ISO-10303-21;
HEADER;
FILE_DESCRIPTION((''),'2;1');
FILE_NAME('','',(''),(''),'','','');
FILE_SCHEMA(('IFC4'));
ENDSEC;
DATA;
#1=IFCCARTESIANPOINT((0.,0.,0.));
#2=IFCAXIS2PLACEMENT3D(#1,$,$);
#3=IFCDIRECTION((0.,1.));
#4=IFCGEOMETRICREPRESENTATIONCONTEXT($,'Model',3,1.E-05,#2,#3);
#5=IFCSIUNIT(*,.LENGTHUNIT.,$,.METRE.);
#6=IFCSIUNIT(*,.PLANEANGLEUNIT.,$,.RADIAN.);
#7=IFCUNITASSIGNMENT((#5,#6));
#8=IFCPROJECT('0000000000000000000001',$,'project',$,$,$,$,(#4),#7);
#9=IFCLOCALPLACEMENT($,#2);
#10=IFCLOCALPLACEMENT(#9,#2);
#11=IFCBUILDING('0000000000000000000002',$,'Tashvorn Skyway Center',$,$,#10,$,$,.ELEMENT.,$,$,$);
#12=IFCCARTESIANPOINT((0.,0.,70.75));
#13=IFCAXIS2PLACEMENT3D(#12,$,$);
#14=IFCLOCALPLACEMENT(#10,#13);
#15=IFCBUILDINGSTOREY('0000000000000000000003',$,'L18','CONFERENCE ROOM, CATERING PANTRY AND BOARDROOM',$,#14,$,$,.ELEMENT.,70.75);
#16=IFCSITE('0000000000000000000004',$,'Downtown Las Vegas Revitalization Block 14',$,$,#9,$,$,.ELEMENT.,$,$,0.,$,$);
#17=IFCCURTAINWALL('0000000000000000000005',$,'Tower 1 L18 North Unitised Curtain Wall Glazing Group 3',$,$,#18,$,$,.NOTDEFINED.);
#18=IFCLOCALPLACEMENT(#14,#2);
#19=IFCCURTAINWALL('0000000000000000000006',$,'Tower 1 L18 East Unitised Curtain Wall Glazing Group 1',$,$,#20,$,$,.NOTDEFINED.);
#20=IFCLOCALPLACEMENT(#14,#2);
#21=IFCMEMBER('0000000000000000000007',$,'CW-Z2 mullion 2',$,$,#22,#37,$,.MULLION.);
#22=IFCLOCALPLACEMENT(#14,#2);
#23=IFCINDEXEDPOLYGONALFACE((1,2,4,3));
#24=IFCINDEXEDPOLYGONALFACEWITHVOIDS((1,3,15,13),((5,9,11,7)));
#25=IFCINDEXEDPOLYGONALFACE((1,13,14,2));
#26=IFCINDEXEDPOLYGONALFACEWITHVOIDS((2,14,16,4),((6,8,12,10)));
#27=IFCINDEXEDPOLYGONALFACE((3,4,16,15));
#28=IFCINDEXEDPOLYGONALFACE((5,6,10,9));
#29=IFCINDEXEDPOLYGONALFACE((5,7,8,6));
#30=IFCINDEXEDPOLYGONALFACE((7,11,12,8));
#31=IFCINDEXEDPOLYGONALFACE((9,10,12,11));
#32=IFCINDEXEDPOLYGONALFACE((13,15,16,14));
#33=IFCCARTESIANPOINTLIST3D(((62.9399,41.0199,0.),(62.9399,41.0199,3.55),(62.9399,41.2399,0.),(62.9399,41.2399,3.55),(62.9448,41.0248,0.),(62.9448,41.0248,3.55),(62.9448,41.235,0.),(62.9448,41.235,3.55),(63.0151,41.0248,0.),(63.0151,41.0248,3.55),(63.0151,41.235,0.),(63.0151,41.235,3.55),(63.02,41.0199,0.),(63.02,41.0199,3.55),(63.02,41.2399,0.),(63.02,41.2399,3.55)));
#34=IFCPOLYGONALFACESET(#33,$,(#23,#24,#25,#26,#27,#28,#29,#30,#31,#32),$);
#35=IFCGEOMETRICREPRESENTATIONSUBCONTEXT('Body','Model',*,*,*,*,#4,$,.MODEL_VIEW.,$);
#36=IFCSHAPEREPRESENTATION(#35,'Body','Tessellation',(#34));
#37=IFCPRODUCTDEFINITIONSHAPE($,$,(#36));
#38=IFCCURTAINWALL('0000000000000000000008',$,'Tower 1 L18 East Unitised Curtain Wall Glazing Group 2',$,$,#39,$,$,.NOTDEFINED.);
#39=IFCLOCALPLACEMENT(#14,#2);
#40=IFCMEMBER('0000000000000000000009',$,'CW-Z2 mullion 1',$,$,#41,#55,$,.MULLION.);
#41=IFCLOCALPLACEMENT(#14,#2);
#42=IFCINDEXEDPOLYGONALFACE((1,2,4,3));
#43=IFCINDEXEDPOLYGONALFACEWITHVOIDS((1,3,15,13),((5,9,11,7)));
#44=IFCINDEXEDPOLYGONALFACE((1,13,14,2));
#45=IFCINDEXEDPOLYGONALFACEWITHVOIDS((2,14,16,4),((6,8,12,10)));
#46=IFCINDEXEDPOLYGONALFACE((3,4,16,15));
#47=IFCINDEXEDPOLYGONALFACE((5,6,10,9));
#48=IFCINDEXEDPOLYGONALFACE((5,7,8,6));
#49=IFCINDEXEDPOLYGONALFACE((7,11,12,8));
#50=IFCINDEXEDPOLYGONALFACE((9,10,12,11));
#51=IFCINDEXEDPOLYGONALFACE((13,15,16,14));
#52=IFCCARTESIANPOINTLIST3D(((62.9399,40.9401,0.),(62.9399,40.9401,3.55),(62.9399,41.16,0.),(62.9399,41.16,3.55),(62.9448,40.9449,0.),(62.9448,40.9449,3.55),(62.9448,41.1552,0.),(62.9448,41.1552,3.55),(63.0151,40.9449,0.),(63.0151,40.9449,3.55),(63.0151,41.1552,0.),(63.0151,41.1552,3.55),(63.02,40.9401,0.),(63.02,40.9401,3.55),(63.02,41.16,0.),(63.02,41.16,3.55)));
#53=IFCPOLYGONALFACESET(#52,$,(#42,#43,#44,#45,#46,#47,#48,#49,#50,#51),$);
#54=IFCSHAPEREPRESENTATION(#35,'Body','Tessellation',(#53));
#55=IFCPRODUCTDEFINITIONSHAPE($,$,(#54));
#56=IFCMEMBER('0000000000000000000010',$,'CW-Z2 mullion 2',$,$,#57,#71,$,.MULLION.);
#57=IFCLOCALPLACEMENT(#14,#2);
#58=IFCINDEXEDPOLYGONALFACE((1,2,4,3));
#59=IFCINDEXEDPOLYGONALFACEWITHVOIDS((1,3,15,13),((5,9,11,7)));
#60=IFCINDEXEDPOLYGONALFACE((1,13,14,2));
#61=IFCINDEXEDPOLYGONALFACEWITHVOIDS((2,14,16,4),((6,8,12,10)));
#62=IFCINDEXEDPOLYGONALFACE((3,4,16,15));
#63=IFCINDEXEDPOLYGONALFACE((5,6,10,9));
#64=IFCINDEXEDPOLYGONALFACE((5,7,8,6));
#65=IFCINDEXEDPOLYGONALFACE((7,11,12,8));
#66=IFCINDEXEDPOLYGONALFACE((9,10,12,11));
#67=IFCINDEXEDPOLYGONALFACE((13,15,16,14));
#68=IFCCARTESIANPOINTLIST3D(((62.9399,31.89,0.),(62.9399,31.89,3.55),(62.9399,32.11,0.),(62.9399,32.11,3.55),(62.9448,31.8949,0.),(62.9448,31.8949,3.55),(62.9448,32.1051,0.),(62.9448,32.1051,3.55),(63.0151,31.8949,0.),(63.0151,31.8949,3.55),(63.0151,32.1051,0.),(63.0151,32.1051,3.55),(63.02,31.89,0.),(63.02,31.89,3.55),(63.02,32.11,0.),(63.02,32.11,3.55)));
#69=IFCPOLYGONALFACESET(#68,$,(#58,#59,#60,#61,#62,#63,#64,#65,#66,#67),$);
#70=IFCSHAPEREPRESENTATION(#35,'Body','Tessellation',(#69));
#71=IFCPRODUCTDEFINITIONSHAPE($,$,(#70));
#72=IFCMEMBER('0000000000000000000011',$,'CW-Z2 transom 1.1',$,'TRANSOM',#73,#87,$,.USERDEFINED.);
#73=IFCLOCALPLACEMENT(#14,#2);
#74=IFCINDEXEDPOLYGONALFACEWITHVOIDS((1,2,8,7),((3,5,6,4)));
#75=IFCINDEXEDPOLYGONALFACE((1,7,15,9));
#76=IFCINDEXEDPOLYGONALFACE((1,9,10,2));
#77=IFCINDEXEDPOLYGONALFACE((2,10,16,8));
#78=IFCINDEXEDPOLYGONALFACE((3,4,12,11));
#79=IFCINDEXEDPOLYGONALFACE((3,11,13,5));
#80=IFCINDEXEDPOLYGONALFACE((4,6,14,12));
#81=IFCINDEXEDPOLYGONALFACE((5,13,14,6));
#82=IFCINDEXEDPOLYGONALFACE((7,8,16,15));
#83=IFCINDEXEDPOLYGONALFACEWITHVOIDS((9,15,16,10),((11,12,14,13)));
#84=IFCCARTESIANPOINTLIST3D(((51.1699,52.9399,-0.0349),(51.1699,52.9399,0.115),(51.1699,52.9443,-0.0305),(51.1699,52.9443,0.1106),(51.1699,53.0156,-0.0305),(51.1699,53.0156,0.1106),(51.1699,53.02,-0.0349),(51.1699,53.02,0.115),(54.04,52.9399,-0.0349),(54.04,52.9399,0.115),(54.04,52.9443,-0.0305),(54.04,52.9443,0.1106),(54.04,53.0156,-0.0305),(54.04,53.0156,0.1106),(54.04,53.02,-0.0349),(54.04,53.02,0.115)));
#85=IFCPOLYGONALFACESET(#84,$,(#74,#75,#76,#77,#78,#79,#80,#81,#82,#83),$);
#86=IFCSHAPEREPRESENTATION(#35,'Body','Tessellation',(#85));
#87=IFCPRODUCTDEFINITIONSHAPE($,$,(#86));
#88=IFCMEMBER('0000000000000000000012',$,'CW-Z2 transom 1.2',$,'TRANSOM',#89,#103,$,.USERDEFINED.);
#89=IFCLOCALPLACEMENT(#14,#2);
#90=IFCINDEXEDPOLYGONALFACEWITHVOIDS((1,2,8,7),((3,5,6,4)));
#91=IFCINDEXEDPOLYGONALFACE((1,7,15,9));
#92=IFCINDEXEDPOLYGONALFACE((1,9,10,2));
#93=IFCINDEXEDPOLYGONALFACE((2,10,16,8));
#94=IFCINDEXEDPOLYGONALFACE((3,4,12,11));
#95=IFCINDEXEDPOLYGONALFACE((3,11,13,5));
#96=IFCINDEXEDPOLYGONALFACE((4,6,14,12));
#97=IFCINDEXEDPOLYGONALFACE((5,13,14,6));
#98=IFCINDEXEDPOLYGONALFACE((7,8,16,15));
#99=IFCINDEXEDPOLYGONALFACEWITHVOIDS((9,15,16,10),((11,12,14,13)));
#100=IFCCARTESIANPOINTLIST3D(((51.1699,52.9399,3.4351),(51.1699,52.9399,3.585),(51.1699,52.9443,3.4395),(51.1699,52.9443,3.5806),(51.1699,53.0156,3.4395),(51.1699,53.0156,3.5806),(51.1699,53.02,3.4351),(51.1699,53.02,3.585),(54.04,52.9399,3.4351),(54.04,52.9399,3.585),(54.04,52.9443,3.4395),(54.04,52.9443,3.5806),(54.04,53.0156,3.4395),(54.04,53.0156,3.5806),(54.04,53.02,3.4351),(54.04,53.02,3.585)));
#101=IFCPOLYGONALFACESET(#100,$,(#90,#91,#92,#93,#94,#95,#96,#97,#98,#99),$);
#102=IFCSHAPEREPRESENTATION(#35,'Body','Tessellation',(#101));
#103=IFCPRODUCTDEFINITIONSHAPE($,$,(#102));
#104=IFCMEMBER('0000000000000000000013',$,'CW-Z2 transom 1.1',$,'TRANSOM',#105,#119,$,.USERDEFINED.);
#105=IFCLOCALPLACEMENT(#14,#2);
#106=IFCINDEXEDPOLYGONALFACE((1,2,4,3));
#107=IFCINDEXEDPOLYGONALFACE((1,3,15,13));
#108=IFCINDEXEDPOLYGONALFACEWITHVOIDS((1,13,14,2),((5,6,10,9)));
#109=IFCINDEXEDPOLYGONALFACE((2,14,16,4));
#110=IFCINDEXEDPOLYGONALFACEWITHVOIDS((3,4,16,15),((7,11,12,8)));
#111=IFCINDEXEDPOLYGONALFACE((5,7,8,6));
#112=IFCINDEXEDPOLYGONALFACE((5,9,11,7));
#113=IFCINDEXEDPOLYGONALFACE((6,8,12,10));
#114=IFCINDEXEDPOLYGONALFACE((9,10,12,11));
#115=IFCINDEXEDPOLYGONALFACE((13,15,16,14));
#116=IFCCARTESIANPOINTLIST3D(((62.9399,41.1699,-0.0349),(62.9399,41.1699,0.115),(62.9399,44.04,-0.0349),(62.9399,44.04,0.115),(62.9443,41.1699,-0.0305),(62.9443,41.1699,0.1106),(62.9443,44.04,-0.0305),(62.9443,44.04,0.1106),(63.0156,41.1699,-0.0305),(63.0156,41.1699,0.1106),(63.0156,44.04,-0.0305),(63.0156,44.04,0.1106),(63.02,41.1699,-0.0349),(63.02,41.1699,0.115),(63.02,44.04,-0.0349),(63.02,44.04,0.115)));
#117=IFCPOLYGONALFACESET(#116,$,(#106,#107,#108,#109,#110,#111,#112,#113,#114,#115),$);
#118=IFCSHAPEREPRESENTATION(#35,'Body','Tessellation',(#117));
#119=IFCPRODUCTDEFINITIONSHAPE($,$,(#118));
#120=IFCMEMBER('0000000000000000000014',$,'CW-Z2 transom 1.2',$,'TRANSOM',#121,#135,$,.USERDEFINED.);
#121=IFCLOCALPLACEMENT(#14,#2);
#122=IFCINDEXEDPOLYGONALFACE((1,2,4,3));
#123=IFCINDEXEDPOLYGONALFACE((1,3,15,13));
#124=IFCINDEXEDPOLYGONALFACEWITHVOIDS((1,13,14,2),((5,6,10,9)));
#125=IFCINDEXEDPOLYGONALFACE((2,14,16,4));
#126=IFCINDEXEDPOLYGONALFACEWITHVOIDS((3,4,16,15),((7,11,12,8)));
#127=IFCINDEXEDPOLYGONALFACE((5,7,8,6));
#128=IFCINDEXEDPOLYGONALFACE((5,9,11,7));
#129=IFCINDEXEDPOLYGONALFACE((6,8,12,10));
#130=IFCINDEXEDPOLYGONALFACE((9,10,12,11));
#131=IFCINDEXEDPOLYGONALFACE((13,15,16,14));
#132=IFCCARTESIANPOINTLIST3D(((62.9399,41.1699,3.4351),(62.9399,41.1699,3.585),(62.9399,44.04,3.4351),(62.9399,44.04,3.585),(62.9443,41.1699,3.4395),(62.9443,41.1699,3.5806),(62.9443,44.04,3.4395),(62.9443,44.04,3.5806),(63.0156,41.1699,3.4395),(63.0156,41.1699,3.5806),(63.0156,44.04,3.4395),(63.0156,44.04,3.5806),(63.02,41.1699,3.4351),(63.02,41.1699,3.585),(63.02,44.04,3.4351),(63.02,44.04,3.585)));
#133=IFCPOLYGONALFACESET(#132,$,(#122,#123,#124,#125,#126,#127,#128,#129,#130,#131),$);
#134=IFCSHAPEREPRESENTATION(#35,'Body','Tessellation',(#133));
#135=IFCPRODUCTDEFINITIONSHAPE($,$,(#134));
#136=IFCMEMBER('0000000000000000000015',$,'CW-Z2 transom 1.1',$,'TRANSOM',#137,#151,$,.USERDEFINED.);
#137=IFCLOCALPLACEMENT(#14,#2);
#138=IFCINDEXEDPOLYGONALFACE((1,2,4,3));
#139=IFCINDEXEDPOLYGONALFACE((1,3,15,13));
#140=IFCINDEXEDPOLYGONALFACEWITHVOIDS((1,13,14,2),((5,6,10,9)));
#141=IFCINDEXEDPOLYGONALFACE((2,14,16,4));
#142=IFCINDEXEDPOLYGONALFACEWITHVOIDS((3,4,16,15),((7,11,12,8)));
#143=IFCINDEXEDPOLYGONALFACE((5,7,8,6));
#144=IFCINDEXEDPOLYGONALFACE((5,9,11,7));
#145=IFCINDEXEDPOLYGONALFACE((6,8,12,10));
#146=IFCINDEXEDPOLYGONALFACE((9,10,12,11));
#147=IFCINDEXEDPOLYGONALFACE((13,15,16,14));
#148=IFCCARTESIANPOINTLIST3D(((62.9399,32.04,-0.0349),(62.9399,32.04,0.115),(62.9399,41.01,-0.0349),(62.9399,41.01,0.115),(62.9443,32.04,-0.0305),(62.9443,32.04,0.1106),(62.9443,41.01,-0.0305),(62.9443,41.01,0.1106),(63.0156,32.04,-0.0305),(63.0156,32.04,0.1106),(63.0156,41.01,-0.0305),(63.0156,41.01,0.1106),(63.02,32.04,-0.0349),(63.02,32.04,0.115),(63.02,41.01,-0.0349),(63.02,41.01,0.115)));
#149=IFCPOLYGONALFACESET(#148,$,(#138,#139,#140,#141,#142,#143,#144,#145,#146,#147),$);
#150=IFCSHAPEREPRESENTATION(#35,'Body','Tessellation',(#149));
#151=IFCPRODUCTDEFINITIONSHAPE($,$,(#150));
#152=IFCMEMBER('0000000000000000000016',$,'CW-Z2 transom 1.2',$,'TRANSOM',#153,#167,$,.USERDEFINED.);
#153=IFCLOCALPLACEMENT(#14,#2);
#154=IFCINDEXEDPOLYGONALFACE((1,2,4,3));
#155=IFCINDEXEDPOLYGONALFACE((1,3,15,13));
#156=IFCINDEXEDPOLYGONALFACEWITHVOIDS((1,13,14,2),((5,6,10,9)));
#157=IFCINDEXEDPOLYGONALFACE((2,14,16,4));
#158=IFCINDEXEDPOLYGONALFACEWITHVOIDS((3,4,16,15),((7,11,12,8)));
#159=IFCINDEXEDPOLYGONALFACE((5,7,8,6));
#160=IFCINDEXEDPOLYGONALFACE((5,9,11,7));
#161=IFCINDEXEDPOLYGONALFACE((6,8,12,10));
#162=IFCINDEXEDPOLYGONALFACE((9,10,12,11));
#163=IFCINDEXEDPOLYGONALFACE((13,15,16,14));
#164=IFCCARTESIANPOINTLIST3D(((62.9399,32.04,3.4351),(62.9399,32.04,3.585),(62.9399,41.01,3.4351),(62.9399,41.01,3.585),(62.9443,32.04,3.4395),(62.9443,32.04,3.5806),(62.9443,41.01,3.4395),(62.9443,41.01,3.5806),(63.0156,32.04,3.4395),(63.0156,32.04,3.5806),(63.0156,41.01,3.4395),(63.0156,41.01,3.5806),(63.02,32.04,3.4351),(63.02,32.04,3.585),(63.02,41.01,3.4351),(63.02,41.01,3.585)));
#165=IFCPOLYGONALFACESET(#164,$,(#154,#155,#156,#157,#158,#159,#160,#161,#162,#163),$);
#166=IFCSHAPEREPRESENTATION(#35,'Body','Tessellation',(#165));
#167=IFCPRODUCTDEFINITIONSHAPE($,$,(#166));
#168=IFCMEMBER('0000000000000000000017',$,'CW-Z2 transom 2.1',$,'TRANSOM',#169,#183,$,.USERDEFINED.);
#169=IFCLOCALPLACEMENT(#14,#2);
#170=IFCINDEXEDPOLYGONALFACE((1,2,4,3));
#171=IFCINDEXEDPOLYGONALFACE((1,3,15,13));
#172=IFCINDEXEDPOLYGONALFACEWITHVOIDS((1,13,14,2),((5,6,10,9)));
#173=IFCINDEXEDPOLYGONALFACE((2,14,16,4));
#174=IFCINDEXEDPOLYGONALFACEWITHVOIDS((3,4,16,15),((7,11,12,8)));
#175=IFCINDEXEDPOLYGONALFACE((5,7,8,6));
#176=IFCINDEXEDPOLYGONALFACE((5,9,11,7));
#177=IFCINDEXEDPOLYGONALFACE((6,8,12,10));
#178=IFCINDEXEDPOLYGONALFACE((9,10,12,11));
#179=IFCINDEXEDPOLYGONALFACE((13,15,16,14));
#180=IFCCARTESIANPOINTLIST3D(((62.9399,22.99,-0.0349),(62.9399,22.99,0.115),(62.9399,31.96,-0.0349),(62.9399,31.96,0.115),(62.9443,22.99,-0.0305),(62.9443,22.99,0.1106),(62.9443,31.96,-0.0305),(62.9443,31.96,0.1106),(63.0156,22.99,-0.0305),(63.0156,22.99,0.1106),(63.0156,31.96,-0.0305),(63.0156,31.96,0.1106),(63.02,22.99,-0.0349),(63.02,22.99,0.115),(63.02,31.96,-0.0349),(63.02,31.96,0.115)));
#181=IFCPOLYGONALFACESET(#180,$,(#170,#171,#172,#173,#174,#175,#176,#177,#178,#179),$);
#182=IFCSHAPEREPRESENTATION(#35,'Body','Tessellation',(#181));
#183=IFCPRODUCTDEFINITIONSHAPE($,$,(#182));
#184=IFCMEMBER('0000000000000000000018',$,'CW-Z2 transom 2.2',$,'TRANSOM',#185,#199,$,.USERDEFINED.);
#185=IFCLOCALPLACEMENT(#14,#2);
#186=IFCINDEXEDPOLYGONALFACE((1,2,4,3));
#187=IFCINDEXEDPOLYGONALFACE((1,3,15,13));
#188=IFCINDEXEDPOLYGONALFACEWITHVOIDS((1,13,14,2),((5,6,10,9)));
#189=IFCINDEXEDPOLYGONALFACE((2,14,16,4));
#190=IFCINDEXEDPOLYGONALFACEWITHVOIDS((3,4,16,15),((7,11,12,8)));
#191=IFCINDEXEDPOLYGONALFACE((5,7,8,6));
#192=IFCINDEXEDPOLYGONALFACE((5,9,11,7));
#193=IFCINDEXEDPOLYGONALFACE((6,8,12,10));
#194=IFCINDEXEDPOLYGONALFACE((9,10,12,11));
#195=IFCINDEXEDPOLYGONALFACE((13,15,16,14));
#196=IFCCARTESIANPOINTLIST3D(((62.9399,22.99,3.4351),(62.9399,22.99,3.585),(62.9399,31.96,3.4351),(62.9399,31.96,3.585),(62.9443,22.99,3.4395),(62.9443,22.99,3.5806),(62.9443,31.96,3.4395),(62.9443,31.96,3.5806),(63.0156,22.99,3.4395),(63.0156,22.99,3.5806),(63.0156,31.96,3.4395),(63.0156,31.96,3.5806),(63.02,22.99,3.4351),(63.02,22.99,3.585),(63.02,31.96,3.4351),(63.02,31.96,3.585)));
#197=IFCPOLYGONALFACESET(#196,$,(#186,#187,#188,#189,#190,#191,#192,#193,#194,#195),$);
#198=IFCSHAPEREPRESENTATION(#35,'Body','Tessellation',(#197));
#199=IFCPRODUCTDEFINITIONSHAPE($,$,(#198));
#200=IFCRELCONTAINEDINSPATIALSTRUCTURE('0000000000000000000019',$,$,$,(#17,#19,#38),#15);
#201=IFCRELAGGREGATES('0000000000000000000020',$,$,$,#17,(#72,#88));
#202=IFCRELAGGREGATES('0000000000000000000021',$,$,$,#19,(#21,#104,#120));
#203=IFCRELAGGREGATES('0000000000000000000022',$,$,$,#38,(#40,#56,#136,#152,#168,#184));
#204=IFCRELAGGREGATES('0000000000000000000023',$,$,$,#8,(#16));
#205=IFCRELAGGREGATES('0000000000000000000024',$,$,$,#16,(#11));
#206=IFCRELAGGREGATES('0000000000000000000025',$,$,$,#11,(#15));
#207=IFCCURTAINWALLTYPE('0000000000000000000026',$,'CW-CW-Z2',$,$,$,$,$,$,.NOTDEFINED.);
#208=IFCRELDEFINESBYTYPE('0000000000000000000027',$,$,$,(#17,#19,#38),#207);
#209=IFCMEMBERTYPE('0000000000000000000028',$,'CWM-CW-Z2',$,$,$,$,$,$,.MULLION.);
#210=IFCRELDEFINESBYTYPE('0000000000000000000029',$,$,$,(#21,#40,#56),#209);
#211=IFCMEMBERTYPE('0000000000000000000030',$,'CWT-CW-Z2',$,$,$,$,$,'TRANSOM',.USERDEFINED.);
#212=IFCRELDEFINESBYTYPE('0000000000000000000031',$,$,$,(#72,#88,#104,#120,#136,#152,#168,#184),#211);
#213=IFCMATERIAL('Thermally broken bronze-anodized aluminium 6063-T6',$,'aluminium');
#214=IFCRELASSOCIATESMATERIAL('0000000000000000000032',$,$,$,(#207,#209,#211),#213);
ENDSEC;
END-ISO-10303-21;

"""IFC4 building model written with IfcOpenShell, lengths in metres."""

from ifc_helpers import new_model, si_unit, direction, frame, origin, origin_2d, place, context, subcontext, project, spatial, hollow_rectangle, extrude, material, material_profile, profile_set, type_object, element, aggregate, save


model = new_model("IFC4")

# Units and contexts
model_context = context("Model", 3, precision=1e-05, world=origin(), true_north=direction((0.0, 1.0)))
body_context = subcontext(model_context, "Body", "Model", "MODEL_VIEW")
ifc_project = project(units=[si_unit("LENGTHUNIT", "METRE"), si_unit("PLANEANGLEUNIT", "RADIAN")], contexts=[model_context])

# Site, building, storey
site_placement = place(None, origin())
site = spatial("IfcSite", under=ifc_project, at=site_placement, Name="Downtown Las Vegas Revitalization Block 14", CompositionType="ELEMENT", RefElevation=0.0)
building_placement = place(site_placement, origin())
building = spatial("IfcBuilding", under=site, at=building_placement, Name="Tashvorn Skyway Center", CompositionType="ELEMENT")
storey_placement = place(building_placement, frame((0.0, 0.0, 70.75)))
storey = spatial("IfcBuildingStorey", under=building, at=storey_placement, Name="L18", Description="CONFERENCE ROOM, CATERING PANTRY AND BOARDROOM", CompositionType="ELEMENT", Elevation=70.75)

# Curtain walls, members
ifc_material_1 = material(Name="Thermally broken bronze-anodized aluminium 6063-T6", Category="aluminium")
curtain_wall_type = type_object("IfcCurtainWallType", Name="CW-CW-Z2", PredefinedType="NOTDEFINED", material=ifc_material_1)
curtain_wall_1_placement = place(storey_placement, origin())
curtain_wall_1 = element("IfcCurtainWall", 1, at=curtain_wall_1_placement, inside=storey, type_object=curtain_wall_type, Name="Tower 1 L18 North Unitised Curtain Wall Glazing Group 3", PredefinedType="NOTDEFINED")
ifc_material_profile_1 = material_profile(ifc_material_1, hollow_rectangle(XDim=0.0801, YDim=0.22, WallThickness=0.0049, at=origin_2d()), Name="ALU-MULL-80x220")
ifc_profile_set_1 = profile_set([ifc_material_profile_1], Name="Thermally broken bronze-anodized aluminium 6063-T6")
member_type_1 = type_object("IfcMemberType", Name="CWM-CW-Z2", PredefinedType="MULLION", material=ifc_profile_set_1)
curtain_wall_2_placement = place(storey_placement, origin())
curtain_wall_2 = element("IfcCurtainWall", 2, at=curtain_wall_2_placement, inside=storey, type_object=curtain_wall_type, Name="Tower 1 L18 East Unitised Curtain Wall Glazing Group 1", PredefinedType="NOTDEFINED")
member_1_placement = place(storey_placement, frame((62.98, 41.1299, 0.0), z_axis=(0.0, 0.0, 1.0), x_axis=(1.0, 0.0, 0.0)))
member_1 = element("IfcMember", 3, at=member_1_placement, type_object=member_type_1, Name="CW-Z2 mullion 2", PredefinedType="MULLION", context=body_context, shape_type="SweptSolid", body=[
    extrude(hollow_rectangle(XDim=0.0801, YDim=0.22, WallThickness=0.0049, at=origin_2d()), origin(), (0.0, 0.0, 1.0), 3.55),
])
curtain_wall_3_placement = place(storey_placement, origin())
curtain_wall_3 = element("IfcCurtainWall", 4, at=curtain_wall_3_placement, inside=storey, type_object=curtain_wall_type, Name="Tower 1 L18 East Unitised Curtain Wall Glazing Group 2", PredefinedType="NOTDEFINED")
member_2_placement = place(storey_placement, frame((62.98, 41.05, 0.0), z_axis=(0.0, 0.0, 1.0), x_axis=(1.0, 0.0, 0.0)))
member_2 = element("IfcMember", 5, at=member_2_placement, type_object=member_type_1, Name="CW-Z2 mullion 1", PredefinedType="MULLION", context=body_context, shape_type="SweptSolid", body=[
    extrude(hollow_rectangle(XDim=0.0801, YDim=0.22, WallThickness=0.0049, at=origin_2d()), origin(), (0.0, 0.0, 1.0), 3.55),
])
member_3_placement = place(storey_placement, frame((62.98, 32.0, 0.0), z_axis=(0.0, 0.0, 1.0), x_axis=(1.0, 0.0, 0.0)))
member_3 = element("IfcMember", 6, at=member_3_placement, type_object=member_type_1, Name="CW-Z2 mullion 2", PredefinedType="MULLION", context=body_context, shape_type="SweptSolid", body=[
    extrude(hollow_rectangle(XDim=0.0801, YDim=0.22, WallThickness=0.0049, at=origin_2d()), origin(), (0.0, 0.0, 1.0), 3.55),
])

# Members
ifc_material_profile_2 = material_profile(ifc_material_1, hollow_rectangle(XDim=0.0801, YDim=0.1499, WallThickness=0.0044, at=origin_2d()), Name="ALU-TRAN-80x150")
ifc_profile_set_2 = profile_set([ifc_material_profile_2], Name="Thermally broken bronze-anodized aluminium 6063-T6")
member_type_2 = type_object("IfcMemberType", Name="CWT-CW-Z2", ElementType="TRANSOM", PredefinedType="USERDEFINED", material=ifc_profile_set_2)
member_4_placement = place(storey_placement, frame((51.1699, 52.98, 0.04), z_axis=(1.0, 0.0, 0.0), x_axis=(0.0, 1.0, 0.0)))
member_4 = element("IfcMember", 7, at=member_4_placement, type_object=member_type_2, Name="CW-Z2 transom 1.1", ObjectType="TRANSOM", PredefinedType="USERDEFINED", context=body_context, shape_type="SweptSolid", body=[
    extrude(hollow_rectangle(XDim=0.0801, YDim=0.1499, WallThickness=0.0044, at=origin_2d()), origin(), (0.0, 0.0, 1.0), 2.8701),
])
member_5_placement = place(storey_placement, frame((51.1699, 52.98, 3.51), z_axis=(1.0, 0.0, 0.0), x_axis=(0.0, 1.0, 0.0)))
member_5 = element("IfcMember", 8, at=member_5_placement, type_object=member_type_2, Name="CW-Z2 transom 1.2", ObjectType="TRANSOM", PredefinedType="USERDEFINED", context=body_context, shape_type="SweptSolid", body=[
    extrude(hollow_rectangle(XDim=0.0801, YDim=0.1499, WallThickness=0.0044, at=origin_2d()), origin(), (0.0, 0.0, 1.0), 2.8701),
])
member_6_placement = place(storey_placement, frame((62.98, 44.04, 0.04), z_axis=(0.0, -1.0, 0.0), x_axis=(1.0, 0.0, 0.0)))
member_6 = element("IfcMember", 9, at=member_6_placement, type_object=member_type_2, Name="CW-Z2 transom 1.1", ObjectType="TRANSOM", PredefinedType="USERDEFINED", context=body_context, shape_type="SweptSolid", body=[
    extrude(hollow_rectangle(XDim=0.0801, YDim=0.1499, WallThickness=0.0044, at=origin_2d()), origin(), (0.0, 0.0, 1.0), 2.8701),
])
member_7_placement = place(storey_placement, frame((62.98, 44.04, 3.51), z_axis=(0.0, -1.0, 0.0), x_axis=(1.0, 0.0, 0.0)))
member_7 = element("IfcMember", 10, at=member_7_placement, type_object=member_type_2, Name="CW-Z2 transom 1.2", ObjectType="TRANSOM", PredefinedType="USERDEFINED", context=body_context, shape_type="SweptSolid", body=[
    extrude(hollow_rectangle(XDim=0.0801, YDim=0.1499, WallThickness=0.0044, at=origin_2d()), origin(), (0.0, 0.0, 1.0), 2.8701),
])
member_8_placement = place(storey_placement, frame((62.98, 41.01, 0.04), z_axis=(0.0, -1.0, 0.0), x_axis=(1.0, 0.0, 0.0)))
member_8 = element("IfcMember", 11, at=member_8_placement, type_object=member_type_2, Name="CW-Z2 transom 1.1", ObjectType="TRANSOM", PredefinedType="USERDEFINED", context=body_context, shape_type="SweptSolid", body=[
    extrude(hollow_rectangle(XDim=0.0801, YDim=0.1499, WallThickness=0.0044, at=origin_2d()), origin(), (0.0, 0.0, 1.0), 8.97),
])
member_9_placement = place(storey_placement, frame((62.98, 41.01, 3.51), z_axis=(0.0, -1.0, 0.0), x_axis=(1.0, 0.0, 0.0)))
member_9 = element("IfcMember", 12, at=member_9_placement, type_object=member_type_2, Name="CW-Z2 transom 1.2", ObjectType="TRANSOM", PredefinedType="USERDEFINED", context=body_context, shape_type="SweptSolid", body=[
    extrude(hollow_rectangle(XDim=0.0801, YDim=0.1499, WallThickness=0.0044, at=origin_2d()), origin(), (0.0, 0.0, 1.0), 8.97),
])
member_10_placement = place(storey_placement, frame((62.98, 31.96, 0.04), z_axis=(0.0, -1.0, 0.0), x_axis=(1.0, 0.0, 0.0)))
member_10 = element("IfcMember", 13, at=member_10_placement, type_object=member_type_2, Name="CW-Z2 transom 2.1", ObjectType="TRANSOM", PredefinedType="USERDEFINED", context=body_context, shape_type="SweptSolid", body=[
    extrude(hollow_rectangle(XDim=0.0801, YDim=0.1499, WallThickness=0.0044, at=origin_2d()), origin(), (0.0, 0.0, 1.0), 8.97),
])
member_11_placement = place(storey_placement, frame((62.98, 31.96, 3.51), z_axis=(0.0, -1.0, 0.0), x_axis=(1.0, 0.0, 0.0)))
member_11 = element("IfcMember", 14, at=member_11_placement, type_object=member_type_2, Name="CW-Z2 transom 2.2", ObjectType="TRANSOM", PredefinedType="USERDEFINED", context=body_context, shape_type="SweptSolid", body=[
    extrude(hollow_rectangle(XDim=0.0801, YDim=0.1499, WallThickness=0.0044, at=origin_2d()), origin(), (0.0, 0.0, 1.0), 8.97),
])

aggregate(curtain_wall_1, [member_4, member_5])
aggregate(curtain_wall_2, [member_1, member_6, member_7])
aggregate(curtain_wall_3, [member_2, member_3, member_8, member_9, member_10, member_11])

save(model, "model.ifc")
